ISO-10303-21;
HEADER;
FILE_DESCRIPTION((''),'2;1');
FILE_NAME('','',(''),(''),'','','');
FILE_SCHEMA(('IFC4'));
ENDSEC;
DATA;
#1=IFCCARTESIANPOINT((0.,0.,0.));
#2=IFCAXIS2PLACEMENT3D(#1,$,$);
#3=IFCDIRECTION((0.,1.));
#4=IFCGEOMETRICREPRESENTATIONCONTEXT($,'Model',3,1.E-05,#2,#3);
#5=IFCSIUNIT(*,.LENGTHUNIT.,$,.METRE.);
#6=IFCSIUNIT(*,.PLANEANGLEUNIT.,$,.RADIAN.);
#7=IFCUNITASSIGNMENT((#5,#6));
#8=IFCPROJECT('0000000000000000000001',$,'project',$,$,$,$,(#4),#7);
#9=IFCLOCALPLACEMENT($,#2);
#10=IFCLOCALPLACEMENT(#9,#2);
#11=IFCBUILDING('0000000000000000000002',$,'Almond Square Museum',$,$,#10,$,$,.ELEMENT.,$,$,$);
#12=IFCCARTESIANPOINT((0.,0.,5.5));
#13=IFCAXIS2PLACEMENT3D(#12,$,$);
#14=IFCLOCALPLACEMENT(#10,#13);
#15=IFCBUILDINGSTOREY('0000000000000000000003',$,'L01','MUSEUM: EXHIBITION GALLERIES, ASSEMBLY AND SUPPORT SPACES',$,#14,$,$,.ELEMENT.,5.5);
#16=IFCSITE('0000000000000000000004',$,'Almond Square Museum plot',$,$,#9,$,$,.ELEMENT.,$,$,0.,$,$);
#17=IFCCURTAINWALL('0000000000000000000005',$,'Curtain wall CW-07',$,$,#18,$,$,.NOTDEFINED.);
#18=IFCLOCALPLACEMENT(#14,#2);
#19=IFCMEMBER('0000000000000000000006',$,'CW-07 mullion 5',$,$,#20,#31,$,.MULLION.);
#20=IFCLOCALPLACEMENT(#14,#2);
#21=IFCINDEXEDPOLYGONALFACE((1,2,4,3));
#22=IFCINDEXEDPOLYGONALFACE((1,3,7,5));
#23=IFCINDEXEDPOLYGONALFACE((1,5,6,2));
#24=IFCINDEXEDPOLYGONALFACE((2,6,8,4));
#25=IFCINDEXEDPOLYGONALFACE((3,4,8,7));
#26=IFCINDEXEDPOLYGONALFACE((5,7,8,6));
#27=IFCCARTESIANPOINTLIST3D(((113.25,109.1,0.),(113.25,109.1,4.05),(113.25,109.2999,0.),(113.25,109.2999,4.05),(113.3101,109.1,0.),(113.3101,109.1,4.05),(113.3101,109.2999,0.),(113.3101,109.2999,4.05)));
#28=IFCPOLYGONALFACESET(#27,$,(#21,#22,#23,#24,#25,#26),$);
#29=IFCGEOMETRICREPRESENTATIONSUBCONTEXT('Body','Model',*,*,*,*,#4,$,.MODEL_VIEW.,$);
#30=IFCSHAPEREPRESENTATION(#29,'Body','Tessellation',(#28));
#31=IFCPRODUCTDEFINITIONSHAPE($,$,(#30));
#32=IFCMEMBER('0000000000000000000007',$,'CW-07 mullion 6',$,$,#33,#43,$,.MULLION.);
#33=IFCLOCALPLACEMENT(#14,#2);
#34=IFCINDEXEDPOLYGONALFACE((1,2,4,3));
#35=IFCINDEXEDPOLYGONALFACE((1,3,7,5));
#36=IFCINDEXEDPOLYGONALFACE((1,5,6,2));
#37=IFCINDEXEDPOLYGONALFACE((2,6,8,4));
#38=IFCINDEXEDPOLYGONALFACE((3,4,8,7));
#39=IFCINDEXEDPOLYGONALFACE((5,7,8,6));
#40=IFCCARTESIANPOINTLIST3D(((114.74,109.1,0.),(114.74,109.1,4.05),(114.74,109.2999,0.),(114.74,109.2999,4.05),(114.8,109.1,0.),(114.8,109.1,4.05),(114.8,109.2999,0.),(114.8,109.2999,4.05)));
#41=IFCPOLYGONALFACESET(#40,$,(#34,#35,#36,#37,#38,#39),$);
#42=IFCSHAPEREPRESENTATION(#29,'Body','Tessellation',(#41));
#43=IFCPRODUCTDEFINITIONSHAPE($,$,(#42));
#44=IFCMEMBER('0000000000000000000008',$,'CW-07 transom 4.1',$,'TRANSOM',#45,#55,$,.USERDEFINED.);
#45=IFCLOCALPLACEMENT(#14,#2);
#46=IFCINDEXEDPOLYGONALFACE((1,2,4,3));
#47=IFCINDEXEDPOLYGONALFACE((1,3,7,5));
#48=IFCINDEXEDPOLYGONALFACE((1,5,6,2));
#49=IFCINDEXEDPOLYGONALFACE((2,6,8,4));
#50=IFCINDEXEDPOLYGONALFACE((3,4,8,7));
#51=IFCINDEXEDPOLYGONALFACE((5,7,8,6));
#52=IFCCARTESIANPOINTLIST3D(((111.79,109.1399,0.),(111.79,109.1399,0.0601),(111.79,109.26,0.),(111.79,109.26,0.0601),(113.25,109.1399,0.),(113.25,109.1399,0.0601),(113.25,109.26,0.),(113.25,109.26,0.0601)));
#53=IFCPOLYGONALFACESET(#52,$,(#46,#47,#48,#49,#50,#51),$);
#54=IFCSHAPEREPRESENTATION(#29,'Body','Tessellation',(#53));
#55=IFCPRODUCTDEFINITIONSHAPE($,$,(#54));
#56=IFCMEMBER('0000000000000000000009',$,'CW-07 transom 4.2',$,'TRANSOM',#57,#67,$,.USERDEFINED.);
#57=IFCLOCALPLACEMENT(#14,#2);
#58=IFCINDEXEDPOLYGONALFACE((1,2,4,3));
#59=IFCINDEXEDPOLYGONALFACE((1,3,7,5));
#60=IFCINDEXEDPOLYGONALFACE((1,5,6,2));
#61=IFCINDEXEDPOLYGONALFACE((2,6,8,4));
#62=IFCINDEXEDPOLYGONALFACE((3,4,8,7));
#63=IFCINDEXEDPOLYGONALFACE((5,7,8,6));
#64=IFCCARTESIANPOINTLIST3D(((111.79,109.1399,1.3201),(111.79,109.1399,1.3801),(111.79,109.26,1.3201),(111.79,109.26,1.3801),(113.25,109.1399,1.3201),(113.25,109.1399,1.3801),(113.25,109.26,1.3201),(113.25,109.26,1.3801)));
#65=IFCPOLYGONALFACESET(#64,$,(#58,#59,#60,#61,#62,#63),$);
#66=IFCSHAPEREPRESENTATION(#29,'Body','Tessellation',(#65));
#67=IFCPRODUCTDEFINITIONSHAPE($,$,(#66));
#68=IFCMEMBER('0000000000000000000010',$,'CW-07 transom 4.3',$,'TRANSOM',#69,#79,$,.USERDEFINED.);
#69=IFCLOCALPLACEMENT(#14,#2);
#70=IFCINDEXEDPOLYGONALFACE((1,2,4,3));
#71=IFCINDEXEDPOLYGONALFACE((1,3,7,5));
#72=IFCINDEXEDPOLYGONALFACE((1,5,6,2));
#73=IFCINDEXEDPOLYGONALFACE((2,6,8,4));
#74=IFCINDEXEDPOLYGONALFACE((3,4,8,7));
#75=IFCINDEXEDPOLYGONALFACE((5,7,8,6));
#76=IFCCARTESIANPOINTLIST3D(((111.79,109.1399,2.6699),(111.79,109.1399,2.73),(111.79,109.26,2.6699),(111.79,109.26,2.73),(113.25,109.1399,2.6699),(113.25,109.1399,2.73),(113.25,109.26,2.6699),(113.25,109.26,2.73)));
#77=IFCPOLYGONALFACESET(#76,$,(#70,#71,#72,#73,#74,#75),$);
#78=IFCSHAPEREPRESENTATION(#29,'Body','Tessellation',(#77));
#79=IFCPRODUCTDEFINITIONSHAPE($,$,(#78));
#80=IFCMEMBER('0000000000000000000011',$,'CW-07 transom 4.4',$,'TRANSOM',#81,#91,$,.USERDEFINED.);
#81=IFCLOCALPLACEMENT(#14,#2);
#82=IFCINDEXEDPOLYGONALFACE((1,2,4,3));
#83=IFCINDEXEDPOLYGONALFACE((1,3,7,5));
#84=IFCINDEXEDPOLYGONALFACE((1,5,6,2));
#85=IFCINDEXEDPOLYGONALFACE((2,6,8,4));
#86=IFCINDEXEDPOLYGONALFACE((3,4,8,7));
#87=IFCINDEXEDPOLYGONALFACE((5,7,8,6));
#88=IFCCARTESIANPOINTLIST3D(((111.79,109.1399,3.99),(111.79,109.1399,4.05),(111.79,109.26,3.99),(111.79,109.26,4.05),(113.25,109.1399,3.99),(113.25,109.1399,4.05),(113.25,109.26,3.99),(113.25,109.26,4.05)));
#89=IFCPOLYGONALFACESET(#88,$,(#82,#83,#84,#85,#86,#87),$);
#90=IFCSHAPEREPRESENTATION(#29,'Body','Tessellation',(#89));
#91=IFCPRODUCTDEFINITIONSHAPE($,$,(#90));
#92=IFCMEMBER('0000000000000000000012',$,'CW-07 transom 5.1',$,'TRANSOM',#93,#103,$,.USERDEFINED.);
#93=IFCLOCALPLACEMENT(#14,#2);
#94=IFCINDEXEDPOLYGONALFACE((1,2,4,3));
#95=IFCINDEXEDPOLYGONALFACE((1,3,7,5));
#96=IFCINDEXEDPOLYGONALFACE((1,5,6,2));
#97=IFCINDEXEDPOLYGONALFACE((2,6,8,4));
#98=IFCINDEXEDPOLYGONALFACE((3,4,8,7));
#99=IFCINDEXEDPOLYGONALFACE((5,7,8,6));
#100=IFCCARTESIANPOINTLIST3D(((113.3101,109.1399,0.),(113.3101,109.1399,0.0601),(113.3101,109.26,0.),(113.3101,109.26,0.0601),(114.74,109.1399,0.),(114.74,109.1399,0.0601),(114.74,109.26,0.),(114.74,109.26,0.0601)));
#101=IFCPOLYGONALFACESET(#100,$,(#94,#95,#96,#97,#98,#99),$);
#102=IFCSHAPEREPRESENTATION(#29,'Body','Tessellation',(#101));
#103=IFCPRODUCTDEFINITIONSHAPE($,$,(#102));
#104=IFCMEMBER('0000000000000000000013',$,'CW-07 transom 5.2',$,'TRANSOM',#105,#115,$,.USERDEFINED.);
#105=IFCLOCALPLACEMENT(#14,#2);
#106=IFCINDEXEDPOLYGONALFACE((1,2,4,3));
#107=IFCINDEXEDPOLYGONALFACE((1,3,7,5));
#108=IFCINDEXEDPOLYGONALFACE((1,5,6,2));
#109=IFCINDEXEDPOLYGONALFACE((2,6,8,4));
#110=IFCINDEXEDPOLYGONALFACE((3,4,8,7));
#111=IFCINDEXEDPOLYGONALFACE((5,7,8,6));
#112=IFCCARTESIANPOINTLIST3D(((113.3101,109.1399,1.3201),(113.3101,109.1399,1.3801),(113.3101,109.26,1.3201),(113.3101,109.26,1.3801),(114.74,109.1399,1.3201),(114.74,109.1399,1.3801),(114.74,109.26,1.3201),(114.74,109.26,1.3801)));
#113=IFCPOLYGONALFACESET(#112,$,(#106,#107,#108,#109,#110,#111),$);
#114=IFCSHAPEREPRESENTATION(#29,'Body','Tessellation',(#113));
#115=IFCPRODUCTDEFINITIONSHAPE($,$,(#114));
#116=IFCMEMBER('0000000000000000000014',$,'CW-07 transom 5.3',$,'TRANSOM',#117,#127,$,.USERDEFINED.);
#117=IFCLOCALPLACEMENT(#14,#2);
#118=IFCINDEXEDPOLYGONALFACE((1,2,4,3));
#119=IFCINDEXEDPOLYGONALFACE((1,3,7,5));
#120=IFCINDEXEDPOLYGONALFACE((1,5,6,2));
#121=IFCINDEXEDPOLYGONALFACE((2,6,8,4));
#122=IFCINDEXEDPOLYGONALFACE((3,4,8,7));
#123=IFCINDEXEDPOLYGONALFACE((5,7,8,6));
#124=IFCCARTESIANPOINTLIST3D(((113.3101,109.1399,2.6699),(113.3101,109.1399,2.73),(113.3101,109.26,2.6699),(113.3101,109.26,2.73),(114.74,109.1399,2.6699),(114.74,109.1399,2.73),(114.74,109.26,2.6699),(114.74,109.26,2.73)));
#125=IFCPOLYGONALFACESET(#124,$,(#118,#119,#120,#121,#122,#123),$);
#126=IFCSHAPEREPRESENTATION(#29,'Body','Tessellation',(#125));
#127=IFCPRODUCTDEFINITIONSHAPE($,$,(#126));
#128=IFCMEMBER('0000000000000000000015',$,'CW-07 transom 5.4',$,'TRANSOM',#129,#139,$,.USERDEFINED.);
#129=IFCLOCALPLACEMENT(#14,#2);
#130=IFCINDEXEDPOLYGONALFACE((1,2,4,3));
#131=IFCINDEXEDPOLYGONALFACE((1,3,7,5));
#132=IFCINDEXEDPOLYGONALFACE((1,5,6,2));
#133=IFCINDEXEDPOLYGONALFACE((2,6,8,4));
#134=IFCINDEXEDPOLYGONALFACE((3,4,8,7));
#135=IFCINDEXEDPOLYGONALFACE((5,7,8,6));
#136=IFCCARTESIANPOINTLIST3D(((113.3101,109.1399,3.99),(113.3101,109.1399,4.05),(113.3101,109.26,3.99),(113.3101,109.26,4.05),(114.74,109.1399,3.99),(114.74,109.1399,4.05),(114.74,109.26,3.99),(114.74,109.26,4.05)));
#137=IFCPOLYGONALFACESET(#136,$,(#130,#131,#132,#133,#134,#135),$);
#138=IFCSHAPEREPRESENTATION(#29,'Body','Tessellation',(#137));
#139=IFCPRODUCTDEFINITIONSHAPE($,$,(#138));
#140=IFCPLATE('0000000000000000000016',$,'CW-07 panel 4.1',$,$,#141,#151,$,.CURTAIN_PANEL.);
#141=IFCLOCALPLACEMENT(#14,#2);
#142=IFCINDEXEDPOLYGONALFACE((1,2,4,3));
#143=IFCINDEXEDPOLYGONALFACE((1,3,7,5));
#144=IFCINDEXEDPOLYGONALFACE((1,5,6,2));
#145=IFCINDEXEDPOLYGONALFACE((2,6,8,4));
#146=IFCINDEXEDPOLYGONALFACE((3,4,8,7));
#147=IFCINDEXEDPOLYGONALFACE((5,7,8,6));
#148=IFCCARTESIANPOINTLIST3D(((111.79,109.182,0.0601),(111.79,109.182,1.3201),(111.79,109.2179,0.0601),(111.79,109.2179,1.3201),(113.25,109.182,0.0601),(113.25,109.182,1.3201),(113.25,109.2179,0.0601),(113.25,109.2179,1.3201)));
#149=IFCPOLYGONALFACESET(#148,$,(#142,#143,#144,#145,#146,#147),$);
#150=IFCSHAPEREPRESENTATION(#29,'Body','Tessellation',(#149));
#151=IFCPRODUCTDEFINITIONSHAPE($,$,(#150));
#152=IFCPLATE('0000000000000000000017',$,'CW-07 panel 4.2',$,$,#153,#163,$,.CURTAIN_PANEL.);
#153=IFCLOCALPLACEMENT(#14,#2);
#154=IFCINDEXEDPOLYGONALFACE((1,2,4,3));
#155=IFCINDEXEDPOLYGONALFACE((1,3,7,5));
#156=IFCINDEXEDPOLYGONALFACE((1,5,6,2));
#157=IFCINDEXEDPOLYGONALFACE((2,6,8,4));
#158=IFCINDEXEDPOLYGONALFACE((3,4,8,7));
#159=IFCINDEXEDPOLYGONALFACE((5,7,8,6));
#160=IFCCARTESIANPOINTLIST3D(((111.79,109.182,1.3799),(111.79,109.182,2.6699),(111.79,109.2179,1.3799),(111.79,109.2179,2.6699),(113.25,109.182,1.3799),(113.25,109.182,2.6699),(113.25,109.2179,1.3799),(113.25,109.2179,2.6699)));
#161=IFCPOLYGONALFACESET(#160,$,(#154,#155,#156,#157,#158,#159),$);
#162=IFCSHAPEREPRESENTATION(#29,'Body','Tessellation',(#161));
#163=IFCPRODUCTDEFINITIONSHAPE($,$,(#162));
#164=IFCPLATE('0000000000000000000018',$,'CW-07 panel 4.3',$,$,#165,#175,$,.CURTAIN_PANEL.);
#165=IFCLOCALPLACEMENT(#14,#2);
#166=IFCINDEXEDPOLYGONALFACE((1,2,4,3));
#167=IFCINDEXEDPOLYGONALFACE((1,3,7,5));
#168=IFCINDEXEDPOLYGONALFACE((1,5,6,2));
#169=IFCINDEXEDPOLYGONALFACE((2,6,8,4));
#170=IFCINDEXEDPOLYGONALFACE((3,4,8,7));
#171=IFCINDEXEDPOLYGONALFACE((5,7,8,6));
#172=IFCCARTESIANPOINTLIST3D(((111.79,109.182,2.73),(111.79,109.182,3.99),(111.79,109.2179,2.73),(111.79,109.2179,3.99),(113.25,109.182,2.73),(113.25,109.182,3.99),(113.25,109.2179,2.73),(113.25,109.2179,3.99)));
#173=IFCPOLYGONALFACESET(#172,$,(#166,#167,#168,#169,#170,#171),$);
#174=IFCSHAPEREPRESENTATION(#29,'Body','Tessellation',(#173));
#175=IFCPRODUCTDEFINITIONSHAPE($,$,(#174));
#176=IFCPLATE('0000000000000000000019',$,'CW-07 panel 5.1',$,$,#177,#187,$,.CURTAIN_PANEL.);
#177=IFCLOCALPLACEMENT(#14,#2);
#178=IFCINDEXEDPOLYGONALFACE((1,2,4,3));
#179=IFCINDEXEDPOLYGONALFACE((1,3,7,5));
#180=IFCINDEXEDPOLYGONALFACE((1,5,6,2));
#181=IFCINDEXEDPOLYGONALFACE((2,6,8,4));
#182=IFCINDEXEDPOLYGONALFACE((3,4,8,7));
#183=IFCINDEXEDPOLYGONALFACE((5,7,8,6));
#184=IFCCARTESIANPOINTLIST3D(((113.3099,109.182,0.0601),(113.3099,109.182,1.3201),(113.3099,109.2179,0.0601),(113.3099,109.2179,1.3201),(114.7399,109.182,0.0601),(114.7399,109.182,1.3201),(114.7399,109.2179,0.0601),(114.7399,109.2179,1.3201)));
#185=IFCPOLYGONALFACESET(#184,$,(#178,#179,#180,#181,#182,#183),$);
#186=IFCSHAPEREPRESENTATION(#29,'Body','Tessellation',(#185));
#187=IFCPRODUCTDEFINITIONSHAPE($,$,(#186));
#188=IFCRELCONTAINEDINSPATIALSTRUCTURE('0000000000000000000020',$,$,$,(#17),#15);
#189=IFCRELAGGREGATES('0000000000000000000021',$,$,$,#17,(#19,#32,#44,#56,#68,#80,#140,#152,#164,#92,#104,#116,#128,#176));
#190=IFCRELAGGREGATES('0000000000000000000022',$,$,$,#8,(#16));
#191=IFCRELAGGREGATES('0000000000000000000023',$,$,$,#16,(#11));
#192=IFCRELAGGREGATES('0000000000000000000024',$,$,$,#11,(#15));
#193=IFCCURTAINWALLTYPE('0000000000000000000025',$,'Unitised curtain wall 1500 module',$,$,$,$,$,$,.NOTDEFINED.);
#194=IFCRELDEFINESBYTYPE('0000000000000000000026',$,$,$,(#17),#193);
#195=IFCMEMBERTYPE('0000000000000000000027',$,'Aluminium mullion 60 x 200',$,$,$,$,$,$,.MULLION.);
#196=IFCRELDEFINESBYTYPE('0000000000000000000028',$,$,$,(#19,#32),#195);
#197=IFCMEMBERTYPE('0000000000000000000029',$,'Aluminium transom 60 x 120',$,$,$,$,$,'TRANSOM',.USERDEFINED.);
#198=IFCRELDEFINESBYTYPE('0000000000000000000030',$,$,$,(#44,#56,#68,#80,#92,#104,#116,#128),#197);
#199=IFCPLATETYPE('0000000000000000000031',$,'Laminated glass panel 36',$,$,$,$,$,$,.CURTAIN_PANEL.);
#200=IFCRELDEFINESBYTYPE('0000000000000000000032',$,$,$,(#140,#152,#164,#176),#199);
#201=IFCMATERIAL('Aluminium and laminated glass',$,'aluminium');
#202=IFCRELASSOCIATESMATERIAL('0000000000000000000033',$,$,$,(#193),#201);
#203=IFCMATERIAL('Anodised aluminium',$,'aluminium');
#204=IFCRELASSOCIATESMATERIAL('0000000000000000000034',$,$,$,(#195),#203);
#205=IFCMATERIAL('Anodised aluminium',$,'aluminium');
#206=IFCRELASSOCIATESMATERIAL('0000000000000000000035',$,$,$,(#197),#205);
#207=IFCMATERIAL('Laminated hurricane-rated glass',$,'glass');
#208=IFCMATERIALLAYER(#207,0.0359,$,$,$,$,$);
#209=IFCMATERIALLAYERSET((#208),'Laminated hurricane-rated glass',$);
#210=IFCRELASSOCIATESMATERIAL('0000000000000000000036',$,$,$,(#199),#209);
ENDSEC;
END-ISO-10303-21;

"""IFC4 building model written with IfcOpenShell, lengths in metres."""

from ifc_helpers import new_model, si_unit, direction, frame, origin, origin_2d, place, context, subcontext, project, spatial, rectangle, extrude, material, layer, layer_set, material_profile, profile_set, type_object, element, aggregate, save


model = new_model("IFC4")

# Units and contexts
model_context = context("Model", 3, precision=1e-05, world=origin(), true_north=direction((0.0, 1.0)))
body_context = subcontext(model_context, "Body", "Model", "MODEL_VIEW")
ifc_project = project(units=[si_unit("LENGTHUNIT", "METRE"), si_unit("PLANEANGLEUNIT", "RADIAN")], contexts=[model_context])

# Site, building, storey
site_placement = place(None, origin())
site = spatial("IfcSite", under=ifc_project, at=site_placement, Name="Almond Square Museum plot", CompositionType="ELEMENT", RefElevation=0.0)
building_placement = place(site_placement, origin())
building = spatial("IfcBuilding", under=site, at=building_placement, Name="Almond Square Museum", CompositionType="ELEMENT")
storey_placement = place(building_placement, frame((0.0, 0.0, 5.5)))
storey = spatial("IfcBuildingStorey", under=building, at=storey_placement, Name="L01", Description="MUSEUM: EXHIBITION GALLERIES, ASSEMBLY AND SUPPORT SPACES", CompositionType="ELEMENT", Elevation=5.5)

# Curtain wall, members, plates
ifc_material_1 = material(Name="Aluminium and laminated glass", Category="aluminium")
curtain_wall_type = type_object("IfcCurtainWallType", Name="Unitised curtain wall 1500 module", PredefinedType="NOTDEFINED", material=ifc_material_1)
curtain_wall_placement = place(storey_placement, origin())
curtain_wall = element("IfcCurtainWall", 1, at=curtain_wall_placement, inside=storey, type_object=curtain_wall_type, Name="Curtain wall CW-07", PredefinedType="NOTDEFINED")
ifc_material_2 = material(Name="Anodised aluminium", Category="aluminium")
ifc_material_profile_1 = material_profile(ifc_material_2, rectangle(XDim=0.2, YDim=0.0601, at=origin_2d()))
ifc_profile_set_1 = profile_set([ifc_material_profile_1], Name="Anodised aluminium")
member_type_1 = type_object("IfcMemberType", Name="Aluminium mullion 60 x 200", PredefinedType="MULLION", material=ifc_profile_set_1)
member_1_placement = place(storey_placement, frame((113.28, 109.2, 0.0), z_axis=(0.0, 0.0, 1.0), x_axis=(0.0, 1.0, 0.0)))
member_1 = element("IfcMember", 2, at=member_1_placement, type_object=member_type_1, Name="CW-07 mullion 5", PredefinedType="MULLION", context=body_context, shape_type="SweptSolid", body=[
    extrude(rectangle(XDim=0.2, YDim=0.0601, at=origin_2d()), origin(), (0.0, 0.0, 1.0), 4.05),
])
member_2_placement = place(storey_placement, frame((114.77, 109.2, 0.0), z_axis=(0.0, 0.0, 1.0), x_axis=(0.0, 1.0, 0.0)))
member_2 = element("IfcMember", 3, at=member_2_placement, type_object=member_type_1, Name="CW-07 mullion 6", PredefinedType="MULLION", context=body_context, shape_type="SweptSolid", body=[
    extrude(rectangle(XDim=0.2, YDim=0.0601, at=origin_2d()), origin(), (0.0, 0.0, 1.0), 4.05),
])
ifc_material_3 = material(Name="Anodised aluminium", Category="aluminium")
ifc_material_profile_2 = material_profile(ifc_material_3, rectangle(XDim=0.1201, YDim=0.0601, at=origin_2d()))
ifc_profile_set_2 = profile_set([ifc_material_profile_2], Name="Anodised aluminium")
member_type_2 = type_object("IfcMemberType", Name="Aluminium transom 60 x 120", ElementType="TRANSOM", PredefinedType="USERDEFINED", material=ifc_profile_set_2)
member_3_placement = place(storey_placement, frame((111.79, 109.2, 0.03), z_axis=(1.0, 0.0, 0.0), x_axis=(0.0, 1.0, 0.0)))
member_3 = element("IfcMember", 4, at=member_3_placement, type_object=member_type_2, Name="CW-07 transom 4.1", ObjectType="TRANSOM", PredefinedType="USERDEFINED", context=body_context, shape_type="SweptSolid", body=[
    extrude(rectangle(XDim=0.1201, YDim=0.0601, at=origin_2d()), origin(), (0.0, 0.0, 1.0), 1.46),
])
member_4_placement = place(storey_placement, frame((111.79, 109.2, 1.3501), z_axis=(1.0, 0.0, 0.0), x_axis=(0.0, 1.0, 0.0)))
member_4 = element("IfcMember", 5, at=member_4_placement, type_object=member_type_2, Name="CW-07 transom 4.2", ObjectType="TRANSOM", PredefinedType="USERDEFINED", context=body_context, shape_type="SweptSolid", body=[
    extrude(rectangle(XDim=0.1201, YDim=0.0601, at=origin_2d()), origin(), (0.0, 0.0, 1.0), 1.46),
])
member_5_placement = place(storey_placement, frame((111.79, 109.2, 2.7), z_axis=(1.0, 0.0, 0.0), x_axis=(0.0, 1.0, 0.0)))
member_5 = element("IfcMember", 6, at=member_5_placement, type_object=member_type_2, Name="CW-07 transom 4.3", ObjectType="TRANSOM", PredefinedType="USERDEFINED", context=body_context, shape_type="SweptSolid", body=[
    extrude(rectangle(XDim=0.1201, YDim=0.0601, at=origin_2d()), origin(), (0.0, 0.0, 1.0), 1.46),
])
member_6_placement = place(storey_placement, frame((111.79, 109.2, 4.02), z_axis=(1.0, 0.0, 0.0), x_axis=(0.0, 1.0, 0.0)))
member_6 = element("IfcMember", 7, at=member_6_placement, type_object=member_type_2, Name="CW-07 transom 4.4", ObjectType="TRANSOM", PredefinedType="USERDEFINED", context=body_context, shape_type="SweptSolid", body=[
    extrude(rectangle(XDim=0.1201, YDim=0.0601, at=origin_2d()), origin(), (0.0, 0.0, 1.0), 1.46),
])
member_7_placement = place(storey_placement, frame((113.3101, 109.2, 0.03), z_axis=(1.0, 0.0, 0.0), x_axis=(0.0, 1.0, 0.0)))
member_7 = element("IfcMember", 8, at=member_7_placement, type_object=member_type_2, Name="CW-07 transom 5.1", ObjectType="TRANSOM", PredefinedType="USERDEFINED", context=body_context, shape_type="SweptSolid", body=[
    extrude(rectangle(XDim=0.1201, YDim=0.0601, at=origin_2d()), origin(), (0.0, 0.0, 1.0), 1.4299),
])
member_8_placement = place(storey_placement, frame((113.3101, 109.2, 1.3501), z_axis=(1.0, 0.0, 0.0), x_axis=(0.0, 1.0, 0.0)))
member_8 = element("IfcMember", 9, at=member_8_placement, type_object=member_type_2, Name="CW-07 transom 5.2", ObjectType="TRANSOM", PredefinedType="USERDEFINED", context=body_context, shape_type="SweptSolid", body=[
    extrude(rectangle(XDim=0.1201, YDim=0.0601, at=origin_2d()), origin(), (0.0, 0.0, 1.0), 1.4299),
])
member_9_placement = place(storey_placement, frame((113.3101, 109.2, 2.7), z_axis=(1.0, 0.0, 0.0), x_axis=(0.0, 1.0, 0.0)))
member_9 = element("IfcMember", 10, at=member_9_placement, type_object=member_type_2, Name="CW-07 transom 5.3", ObjectType="TRANSOM", PredefinedType="USERDEFINED", context=body_context, shape_type="SweptSolid", body=[
    extrude(rectangle(XDim=0.1201, YDim=0.0601, at=origin_2d()), origin(), (0.0, 0.0, 1.0), 1.4299),
])
member_10_placement = place(storey_placement, frame((113.3101, 109.2, 4.02), z_axis=(1.0, 0.0, 0.0), x_axis=(0.0, 1.0, 0.0)))
member_10 = element("IfcMember", 11, at=member_10_placement, type_object=member_type_2, Name="CW-07 transom 5.4", ObjectType="TRANSOM", PredefinedType="USERDEFINED", context=body_context, shape_type="SweptSolid", body=[
    extrude(rectangle(XDim=0.1201, YDim=0.0601, at=origin_2d()), origin(), (0.0, 0.0, 1.0), 1.4299),
])
ifc_material_4 = material(Name="Laminated hurricane-rated glass", Category="glass")
ifc_layer_1 = layer(ifc_material_4, 0.0359)
ifc_layer_set_1 = layer_set([ifc_layer_1], Name="Laminated hurricane-rated glass")
plate_type = type_object("IfcPlateType", Name="Laminated glass panel 36", PredefinedType="CURTAIN_PANEL", material=ifc_layer_set_1)
plate_1_placement = place(storey_placement, frame((112.52, 109.2, 0.0601), z_axis=(0.0, 0.0, 1.0), x_axis=(1.0, 0.0, 0.0)))
plate_1 = element("IfcPlate", 12, at=plate_1_placement, type_object=plate_type, Name="CW-07 panel 4.1", PredefinedType="CURTAIN_PANEL", context=body_context, shape_type="SweptSolid", body=[
    extrude(rectangle(XDim=1.46, YDim=0.0359, at=origin_2d()), origin(), (0.0, 0.0, 1.0), 1.26),
])
plate_2_placement = place(storey_placement, frame((112.52, 109.2, 1.3799), z_axis=(0.0, 0.0, 1.0), x_axis=(1.0, 0.0, 0.0)))
plate_2 = element("IfcPlate", 13, at=plate_2_placement, type_object=plate_type, Name="CW-07 panel 4.2", PredefinedType="CURTAIN_PANEL", context=body_context, shape_type="SweptSolid", body=[
    extrude(rectangle(XDim=1.46, YDim=0.0359, at=origin_2d()), origin(), (0.0, 0.0, 1.0), 1.29),
])
plate_3_placement = place(storey_placement, frame((112.52, 109.2, 2.73), z_axis=(0.0, 0.0, 1.0), x_axis=(1.0, 0.0, 0.0)))
plate_3 = element("IfcPlate", 14, at=plate_3_placement, type_object=plate_type, Name="CW-07 panel 4.3", PredefinedType="CURTAIN_PANEL", context=body_context, shape_type="SweptSolid", body=[
    extrude(rectangle(XDim=1.46, YDim=0.0359, at=origin_2d()), origin(), (0.0, 0.0, 1.0), 1.26),
])
plate_4_placement = place(storey_placement, frame((114.0249, 109.2, 0.0601), z_axis=(0.0, 0.0, 1.0), x_axis=(1.0, 0.0, 0.0)))
plate_4 = element("IfcPlate", 15, at=plate_4_placement, type_object=plate_type, Name="CW-07 panel 5.1", PredefinedType="CURTAIN_PANEL", context=body_context, shape_type="SweptSolid", body=[
    extrude(rectangle(XDim=1.4299, YDim=0.0359, at=origin_2d()), origin(), (0.0, 0.0, 1.0), 1.26),
])
aggregate(curtain_wall, [member_1, member_2, member_3, member_4, member_5, member_6, plate_1, plate_2, plate_3, member_7, member_8, member_9, member_10, plate_4])

save(model, "model.ifc")
